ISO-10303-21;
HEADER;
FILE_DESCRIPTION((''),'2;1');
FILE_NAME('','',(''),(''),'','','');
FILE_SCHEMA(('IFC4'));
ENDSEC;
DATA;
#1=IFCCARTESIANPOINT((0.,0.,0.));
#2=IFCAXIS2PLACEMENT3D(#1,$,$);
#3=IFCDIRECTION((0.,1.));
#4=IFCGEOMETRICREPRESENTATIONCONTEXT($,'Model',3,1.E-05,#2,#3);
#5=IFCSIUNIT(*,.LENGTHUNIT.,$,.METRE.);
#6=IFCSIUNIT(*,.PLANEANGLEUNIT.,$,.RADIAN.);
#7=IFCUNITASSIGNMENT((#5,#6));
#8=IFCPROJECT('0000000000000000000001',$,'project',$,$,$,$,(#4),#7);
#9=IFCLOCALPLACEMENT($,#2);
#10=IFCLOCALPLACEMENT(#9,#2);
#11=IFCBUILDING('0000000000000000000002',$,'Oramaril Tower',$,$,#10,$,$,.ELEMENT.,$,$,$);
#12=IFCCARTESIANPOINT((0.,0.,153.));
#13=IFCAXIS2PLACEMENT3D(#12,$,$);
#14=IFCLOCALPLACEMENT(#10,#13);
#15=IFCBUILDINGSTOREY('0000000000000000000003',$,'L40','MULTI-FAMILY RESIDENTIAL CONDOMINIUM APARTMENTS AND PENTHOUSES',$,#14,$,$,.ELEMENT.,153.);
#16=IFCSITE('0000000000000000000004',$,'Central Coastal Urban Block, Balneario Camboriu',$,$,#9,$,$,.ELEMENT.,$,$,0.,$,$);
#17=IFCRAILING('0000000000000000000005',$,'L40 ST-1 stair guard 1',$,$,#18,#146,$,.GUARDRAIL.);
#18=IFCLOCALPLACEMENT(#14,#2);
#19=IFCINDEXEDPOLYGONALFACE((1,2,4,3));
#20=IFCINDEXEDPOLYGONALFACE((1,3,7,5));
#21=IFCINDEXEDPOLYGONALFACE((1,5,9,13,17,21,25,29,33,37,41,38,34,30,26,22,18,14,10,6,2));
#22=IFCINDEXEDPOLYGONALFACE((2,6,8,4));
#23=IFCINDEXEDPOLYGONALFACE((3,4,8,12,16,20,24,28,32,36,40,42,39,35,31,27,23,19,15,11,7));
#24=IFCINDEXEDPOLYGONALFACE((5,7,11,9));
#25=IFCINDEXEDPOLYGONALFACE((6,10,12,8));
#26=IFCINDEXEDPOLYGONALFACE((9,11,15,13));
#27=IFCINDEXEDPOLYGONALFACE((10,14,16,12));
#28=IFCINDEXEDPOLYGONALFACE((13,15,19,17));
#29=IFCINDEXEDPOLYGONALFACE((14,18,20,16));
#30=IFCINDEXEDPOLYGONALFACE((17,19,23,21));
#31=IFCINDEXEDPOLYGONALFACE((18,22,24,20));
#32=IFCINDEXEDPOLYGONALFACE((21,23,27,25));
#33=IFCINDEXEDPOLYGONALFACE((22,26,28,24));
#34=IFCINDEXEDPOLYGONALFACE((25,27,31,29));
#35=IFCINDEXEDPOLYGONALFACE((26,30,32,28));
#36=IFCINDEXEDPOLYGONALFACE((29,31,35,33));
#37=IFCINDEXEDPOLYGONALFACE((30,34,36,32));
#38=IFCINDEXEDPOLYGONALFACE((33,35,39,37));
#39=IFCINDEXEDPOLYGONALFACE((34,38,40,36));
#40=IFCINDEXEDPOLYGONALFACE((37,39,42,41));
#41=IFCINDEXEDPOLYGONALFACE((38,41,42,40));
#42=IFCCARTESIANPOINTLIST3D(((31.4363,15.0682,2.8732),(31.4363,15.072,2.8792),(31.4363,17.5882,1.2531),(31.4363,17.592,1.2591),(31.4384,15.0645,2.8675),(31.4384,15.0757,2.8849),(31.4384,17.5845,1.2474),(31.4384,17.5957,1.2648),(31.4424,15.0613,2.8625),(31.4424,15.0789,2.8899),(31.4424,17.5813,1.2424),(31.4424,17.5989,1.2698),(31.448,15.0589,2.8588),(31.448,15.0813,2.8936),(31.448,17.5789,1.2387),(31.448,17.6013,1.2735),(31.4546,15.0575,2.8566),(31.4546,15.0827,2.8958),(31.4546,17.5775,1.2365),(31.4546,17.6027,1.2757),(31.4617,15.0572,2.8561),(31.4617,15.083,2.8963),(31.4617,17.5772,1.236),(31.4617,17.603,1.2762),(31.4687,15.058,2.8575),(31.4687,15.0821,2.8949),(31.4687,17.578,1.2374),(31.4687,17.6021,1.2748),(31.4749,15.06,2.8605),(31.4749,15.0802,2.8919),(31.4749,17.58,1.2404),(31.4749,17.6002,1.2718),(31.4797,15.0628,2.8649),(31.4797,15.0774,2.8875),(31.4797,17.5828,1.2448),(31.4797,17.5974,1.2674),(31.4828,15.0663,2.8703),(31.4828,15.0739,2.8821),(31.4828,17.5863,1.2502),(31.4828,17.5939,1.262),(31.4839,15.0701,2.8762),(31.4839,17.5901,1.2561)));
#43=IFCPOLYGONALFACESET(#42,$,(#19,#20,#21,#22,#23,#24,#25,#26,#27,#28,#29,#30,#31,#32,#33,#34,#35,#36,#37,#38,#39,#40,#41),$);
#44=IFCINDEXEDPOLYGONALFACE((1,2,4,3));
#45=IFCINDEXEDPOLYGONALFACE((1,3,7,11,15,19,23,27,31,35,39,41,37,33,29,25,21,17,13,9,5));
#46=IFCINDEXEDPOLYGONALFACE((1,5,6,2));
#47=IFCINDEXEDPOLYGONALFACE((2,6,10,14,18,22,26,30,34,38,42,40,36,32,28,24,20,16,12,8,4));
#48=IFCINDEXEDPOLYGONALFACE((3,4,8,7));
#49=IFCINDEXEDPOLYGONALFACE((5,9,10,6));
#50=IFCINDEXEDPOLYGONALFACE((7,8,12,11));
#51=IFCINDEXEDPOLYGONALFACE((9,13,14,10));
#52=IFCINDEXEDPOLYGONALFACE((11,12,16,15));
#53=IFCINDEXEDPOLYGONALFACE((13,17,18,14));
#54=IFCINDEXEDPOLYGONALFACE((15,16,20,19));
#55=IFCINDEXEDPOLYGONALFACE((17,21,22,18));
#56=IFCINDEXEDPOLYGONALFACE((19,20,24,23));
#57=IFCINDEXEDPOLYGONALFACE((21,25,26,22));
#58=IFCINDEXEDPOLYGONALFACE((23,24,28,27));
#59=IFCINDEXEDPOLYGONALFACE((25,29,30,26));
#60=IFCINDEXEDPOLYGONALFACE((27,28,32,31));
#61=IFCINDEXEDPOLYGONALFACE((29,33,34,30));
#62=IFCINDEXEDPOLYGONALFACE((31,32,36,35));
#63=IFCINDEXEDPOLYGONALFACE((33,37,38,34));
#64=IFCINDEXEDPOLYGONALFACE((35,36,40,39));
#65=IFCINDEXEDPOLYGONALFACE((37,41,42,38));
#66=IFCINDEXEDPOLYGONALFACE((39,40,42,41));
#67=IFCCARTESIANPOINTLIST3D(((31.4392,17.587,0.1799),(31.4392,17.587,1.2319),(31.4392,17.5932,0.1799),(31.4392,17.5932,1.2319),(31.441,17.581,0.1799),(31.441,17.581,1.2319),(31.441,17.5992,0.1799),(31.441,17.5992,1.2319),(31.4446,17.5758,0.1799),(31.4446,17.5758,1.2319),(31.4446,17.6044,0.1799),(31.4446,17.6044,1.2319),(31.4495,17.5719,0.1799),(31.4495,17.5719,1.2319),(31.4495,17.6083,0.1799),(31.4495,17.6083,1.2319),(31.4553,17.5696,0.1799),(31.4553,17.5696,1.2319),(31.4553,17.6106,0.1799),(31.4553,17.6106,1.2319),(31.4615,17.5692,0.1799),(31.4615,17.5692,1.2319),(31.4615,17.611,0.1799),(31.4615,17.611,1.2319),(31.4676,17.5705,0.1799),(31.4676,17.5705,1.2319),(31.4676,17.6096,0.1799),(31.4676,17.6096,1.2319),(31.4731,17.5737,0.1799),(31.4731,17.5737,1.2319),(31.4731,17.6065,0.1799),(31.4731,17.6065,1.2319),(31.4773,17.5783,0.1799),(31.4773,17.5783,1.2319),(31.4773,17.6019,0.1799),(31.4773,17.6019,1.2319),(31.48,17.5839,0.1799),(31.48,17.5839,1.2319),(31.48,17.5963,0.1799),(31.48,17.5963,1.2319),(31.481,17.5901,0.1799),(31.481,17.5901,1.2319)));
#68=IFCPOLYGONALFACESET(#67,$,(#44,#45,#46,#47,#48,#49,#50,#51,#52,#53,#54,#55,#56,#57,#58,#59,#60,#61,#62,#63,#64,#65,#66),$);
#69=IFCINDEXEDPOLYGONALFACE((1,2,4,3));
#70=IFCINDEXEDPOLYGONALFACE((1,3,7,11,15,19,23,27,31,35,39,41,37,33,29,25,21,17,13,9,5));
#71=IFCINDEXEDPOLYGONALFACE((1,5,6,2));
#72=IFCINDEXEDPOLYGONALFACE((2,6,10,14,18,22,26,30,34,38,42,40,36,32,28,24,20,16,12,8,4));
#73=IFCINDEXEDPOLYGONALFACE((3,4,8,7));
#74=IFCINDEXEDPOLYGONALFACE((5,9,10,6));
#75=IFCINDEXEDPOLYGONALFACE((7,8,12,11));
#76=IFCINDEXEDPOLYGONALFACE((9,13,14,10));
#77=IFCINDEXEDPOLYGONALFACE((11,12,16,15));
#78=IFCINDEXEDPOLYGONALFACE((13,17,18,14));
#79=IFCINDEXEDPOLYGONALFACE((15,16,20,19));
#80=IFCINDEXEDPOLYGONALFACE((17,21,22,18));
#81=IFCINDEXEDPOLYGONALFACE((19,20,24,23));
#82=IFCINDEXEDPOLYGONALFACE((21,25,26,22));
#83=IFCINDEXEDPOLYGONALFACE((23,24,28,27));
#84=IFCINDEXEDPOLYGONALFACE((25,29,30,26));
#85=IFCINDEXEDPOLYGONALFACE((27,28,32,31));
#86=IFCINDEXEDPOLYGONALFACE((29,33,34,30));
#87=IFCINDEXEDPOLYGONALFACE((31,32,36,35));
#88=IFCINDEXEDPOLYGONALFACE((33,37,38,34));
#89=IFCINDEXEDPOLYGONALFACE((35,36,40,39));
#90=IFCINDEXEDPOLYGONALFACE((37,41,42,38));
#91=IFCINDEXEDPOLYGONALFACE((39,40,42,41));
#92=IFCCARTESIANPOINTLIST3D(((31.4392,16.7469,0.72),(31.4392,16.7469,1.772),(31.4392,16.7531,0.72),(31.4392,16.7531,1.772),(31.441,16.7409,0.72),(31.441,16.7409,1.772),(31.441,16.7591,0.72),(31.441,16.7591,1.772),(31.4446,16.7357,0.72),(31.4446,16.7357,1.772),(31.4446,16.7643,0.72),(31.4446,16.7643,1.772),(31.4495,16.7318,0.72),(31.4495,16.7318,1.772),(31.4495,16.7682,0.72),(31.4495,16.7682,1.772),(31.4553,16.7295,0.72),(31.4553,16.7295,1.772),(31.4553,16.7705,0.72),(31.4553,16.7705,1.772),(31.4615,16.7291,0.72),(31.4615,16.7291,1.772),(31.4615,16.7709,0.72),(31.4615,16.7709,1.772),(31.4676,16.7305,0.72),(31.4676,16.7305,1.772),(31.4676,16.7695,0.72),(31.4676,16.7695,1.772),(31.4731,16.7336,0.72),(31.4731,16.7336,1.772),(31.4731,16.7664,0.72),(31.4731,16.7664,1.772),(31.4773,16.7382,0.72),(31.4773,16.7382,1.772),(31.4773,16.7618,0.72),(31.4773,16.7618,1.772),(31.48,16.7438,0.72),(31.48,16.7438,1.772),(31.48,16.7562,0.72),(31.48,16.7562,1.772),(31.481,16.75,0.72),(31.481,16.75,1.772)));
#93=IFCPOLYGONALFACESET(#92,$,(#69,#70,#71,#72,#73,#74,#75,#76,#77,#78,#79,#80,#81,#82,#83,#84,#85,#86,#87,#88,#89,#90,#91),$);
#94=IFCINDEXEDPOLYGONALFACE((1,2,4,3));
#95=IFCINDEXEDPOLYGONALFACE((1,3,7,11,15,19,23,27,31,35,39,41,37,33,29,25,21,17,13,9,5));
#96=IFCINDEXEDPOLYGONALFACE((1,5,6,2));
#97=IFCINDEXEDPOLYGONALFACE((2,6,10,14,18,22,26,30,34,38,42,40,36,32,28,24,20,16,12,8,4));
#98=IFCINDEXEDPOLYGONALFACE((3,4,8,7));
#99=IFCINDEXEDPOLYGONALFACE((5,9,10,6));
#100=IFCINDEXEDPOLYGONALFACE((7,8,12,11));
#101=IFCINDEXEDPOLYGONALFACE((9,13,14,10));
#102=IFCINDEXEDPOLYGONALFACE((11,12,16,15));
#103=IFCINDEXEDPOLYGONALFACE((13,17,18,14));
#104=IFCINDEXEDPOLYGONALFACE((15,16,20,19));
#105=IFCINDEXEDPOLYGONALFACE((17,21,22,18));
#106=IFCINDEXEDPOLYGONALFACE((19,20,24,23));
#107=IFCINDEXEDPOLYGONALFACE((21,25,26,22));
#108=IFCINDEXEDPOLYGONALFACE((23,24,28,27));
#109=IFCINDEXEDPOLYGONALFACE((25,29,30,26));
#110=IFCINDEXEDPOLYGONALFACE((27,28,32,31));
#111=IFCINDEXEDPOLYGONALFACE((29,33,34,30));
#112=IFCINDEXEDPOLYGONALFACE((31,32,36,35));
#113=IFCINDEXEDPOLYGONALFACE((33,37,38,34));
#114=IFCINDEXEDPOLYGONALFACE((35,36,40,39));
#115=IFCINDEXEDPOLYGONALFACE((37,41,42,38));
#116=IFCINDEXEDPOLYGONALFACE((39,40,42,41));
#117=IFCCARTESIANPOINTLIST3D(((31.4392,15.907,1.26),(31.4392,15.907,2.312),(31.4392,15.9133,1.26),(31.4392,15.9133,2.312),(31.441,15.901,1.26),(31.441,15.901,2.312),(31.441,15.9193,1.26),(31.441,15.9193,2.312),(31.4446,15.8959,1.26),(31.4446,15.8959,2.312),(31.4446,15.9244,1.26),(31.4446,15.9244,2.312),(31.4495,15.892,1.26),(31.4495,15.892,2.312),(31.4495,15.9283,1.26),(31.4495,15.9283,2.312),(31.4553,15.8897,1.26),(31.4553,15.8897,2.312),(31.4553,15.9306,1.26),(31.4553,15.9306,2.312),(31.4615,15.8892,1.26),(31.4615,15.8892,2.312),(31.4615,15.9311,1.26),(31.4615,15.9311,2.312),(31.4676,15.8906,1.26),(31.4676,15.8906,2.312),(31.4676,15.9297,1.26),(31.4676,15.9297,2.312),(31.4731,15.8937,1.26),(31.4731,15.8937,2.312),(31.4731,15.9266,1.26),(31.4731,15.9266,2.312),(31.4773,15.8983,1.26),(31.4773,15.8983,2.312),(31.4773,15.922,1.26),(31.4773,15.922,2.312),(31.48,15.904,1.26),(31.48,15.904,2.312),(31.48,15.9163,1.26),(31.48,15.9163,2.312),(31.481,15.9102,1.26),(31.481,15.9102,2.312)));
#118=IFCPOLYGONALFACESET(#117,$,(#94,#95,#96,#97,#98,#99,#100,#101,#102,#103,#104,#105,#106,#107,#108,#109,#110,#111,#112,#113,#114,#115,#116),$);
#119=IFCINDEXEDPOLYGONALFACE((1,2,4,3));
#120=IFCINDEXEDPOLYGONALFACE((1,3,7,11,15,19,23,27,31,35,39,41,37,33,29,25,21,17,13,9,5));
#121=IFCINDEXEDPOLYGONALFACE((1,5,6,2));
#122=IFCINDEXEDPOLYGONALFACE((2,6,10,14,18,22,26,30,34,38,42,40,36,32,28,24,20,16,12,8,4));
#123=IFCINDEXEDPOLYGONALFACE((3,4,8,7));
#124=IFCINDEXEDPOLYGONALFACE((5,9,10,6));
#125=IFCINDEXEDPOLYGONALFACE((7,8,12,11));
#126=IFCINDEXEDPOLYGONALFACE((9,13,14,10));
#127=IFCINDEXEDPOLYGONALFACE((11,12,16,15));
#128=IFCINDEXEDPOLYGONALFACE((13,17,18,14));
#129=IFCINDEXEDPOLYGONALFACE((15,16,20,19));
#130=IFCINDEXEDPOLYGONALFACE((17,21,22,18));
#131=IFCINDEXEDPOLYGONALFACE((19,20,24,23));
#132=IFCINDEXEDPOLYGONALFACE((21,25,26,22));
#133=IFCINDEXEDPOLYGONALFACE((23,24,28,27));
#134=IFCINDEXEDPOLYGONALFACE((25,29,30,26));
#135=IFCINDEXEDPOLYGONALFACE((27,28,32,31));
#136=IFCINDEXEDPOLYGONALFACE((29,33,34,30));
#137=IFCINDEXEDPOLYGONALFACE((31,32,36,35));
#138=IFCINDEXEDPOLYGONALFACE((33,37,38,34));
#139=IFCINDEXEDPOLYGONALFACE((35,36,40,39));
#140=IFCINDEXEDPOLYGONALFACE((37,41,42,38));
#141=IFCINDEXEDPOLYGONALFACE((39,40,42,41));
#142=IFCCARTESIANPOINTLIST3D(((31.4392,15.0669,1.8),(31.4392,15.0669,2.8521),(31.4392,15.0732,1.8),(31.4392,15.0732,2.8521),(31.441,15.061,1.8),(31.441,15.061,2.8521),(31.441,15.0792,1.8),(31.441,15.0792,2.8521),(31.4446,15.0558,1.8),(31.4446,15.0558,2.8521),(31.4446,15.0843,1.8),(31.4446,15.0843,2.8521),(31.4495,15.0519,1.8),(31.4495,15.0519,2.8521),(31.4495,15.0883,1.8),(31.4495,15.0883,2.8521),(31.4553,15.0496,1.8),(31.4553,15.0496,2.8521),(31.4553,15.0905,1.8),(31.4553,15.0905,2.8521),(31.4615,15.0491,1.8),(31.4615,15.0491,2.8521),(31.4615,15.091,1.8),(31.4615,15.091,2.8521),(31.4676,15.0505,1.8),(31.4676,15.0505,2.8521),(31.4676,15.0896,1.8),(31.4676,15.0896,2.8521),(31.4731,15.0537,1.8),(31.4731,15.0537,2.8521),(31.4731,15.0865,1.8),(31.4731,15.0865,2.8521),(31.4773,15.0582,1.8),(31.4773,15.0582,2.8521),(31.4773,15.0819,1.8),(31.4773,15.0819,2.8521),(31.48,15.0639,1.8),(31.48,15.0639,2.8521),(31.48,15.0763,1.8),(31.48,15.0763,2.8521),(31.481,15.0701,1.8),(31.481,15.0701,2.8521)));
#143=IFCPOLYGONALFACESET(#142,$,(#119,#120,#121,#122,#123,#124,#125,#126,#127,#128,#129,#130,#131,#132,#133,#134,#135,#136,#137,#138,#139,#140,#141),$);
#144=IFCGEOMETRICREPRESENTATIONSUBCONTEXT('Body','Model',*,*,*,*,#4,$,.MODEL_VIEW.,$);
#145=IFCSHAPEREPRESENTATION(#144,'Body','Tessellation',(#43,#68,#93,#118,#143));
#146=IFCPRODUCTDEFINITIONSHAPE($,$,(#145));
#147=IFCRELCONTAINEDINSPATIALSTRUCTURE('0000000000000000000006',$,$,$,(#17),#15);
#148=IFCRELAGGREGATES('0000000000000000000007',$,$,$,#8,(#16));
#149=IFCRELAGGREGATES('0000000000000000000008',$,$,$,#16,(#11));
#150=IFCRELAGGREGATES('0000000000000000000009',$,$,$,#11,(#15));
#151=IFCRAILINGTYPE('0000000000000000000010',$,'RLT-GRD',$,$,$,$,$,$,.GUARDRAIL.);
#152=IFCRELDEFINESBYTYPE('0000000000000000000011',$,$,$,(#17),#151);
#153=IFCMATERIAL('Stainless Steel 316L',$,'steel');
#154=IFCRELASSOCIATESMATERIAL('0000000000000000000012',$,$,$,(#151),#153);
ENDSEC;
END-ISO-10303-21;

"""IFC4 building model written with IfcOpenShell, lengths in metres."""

from ifc_helpers import new_model, si_unit, direction, frame, origin, origin_2d, place, context, subcontext, project, spatial, circle, extrude, material, type_object, element, save


model = new_model("IFC4")

# Units and contexts
model_context = context("Model", 3, precision=1e-05, world=origin(), true_north=direction((0.0, 1.0)))
body_context = subcontext(model_context, "Body", "Model", "MODEL_VIEW")
ifc_project = project(units=[si_unit("LENGTHUNIT", "METRE"), si_unit("PLANEANGLEUNIT", "RADIAN")], contexts=[model_context])

# Site, building, storey
site_placement = place(None, origin())
site = spatial("IfcSite", under=ifc_project, at=site_placement, Name="Central Coastal Urban Block, Balneario Camboriu", CompositionType="ELEMENT", RefElevation=0.0)
building_placement = place(site_placement, origin())
building = spatial("IfcBuilding", under=site, at=building_placement, Name="Oramaril Tower", CompositionType="ELEMENT")
storey_placement = place(building_placement, frame((0.0, 0.0, 153.0)))
storey = spatial("IfcBuildingStorey", under=building, at=storey_placement, Name="L40", Description="MULTI-FAMILY RESIDENTIAL CONDOMINIUM APARTMENTS AND PENTHOUSES", CompositionType="ELEMENT", Elevation=153.0)

# Railing
ifc_material_1 = material(Name="Stainless Steel 316L", Category="steel")
railing_type_1 = type_object("IfcRailingType", Name="RLT-GRD", PredefinedType="GUARDRAIL", material=ifc_material_1)
railing_1_placement = place(storey_placement, frame((31.46, 17.5901, 0.1799)))
element("IfcRailing", 1, at=railing_1_placement, inside=storey, type_object=railing_type_1, Name="L40 ST-1 stair guard 1", PredefinedType="GUARDRAIL", context=body_context, shape_type="SweptSolid", body=[
    extrude(circle(Radius=0.0239, at=origin_2d()), frame((0.0, 0.0, 1.0762), z_axis=(0.0, -0.841163, 0.540782), x_axis=(1.0, 0.0, 0.0)), (0.0, 0.0, 1.0), 2.9958),
    extrude(circle(Radius=0.021, at=origin_2d()), origin(), (0.0, 0.0, 1.0), 1.052),
    extrude(circle(Radius=0.021, at=origin_2d()), frame((0.0, -0.8401, 0.54)), (0.0, 0.0, 1.0), 1.052),
    extrude(circle(Radius=0.021, at=origin_2d()), frame((0.0, -1.6799, 1.0801)), (0.0, 0.0, 1.0), 1.052),
    extrude(circle(Radius=0.021, at=origin_2d()), frame((0.0, -2.52, 1.6201)), (0.0, 0.0, 1.0), 1.052),
])

save(model, "model.ifc")
